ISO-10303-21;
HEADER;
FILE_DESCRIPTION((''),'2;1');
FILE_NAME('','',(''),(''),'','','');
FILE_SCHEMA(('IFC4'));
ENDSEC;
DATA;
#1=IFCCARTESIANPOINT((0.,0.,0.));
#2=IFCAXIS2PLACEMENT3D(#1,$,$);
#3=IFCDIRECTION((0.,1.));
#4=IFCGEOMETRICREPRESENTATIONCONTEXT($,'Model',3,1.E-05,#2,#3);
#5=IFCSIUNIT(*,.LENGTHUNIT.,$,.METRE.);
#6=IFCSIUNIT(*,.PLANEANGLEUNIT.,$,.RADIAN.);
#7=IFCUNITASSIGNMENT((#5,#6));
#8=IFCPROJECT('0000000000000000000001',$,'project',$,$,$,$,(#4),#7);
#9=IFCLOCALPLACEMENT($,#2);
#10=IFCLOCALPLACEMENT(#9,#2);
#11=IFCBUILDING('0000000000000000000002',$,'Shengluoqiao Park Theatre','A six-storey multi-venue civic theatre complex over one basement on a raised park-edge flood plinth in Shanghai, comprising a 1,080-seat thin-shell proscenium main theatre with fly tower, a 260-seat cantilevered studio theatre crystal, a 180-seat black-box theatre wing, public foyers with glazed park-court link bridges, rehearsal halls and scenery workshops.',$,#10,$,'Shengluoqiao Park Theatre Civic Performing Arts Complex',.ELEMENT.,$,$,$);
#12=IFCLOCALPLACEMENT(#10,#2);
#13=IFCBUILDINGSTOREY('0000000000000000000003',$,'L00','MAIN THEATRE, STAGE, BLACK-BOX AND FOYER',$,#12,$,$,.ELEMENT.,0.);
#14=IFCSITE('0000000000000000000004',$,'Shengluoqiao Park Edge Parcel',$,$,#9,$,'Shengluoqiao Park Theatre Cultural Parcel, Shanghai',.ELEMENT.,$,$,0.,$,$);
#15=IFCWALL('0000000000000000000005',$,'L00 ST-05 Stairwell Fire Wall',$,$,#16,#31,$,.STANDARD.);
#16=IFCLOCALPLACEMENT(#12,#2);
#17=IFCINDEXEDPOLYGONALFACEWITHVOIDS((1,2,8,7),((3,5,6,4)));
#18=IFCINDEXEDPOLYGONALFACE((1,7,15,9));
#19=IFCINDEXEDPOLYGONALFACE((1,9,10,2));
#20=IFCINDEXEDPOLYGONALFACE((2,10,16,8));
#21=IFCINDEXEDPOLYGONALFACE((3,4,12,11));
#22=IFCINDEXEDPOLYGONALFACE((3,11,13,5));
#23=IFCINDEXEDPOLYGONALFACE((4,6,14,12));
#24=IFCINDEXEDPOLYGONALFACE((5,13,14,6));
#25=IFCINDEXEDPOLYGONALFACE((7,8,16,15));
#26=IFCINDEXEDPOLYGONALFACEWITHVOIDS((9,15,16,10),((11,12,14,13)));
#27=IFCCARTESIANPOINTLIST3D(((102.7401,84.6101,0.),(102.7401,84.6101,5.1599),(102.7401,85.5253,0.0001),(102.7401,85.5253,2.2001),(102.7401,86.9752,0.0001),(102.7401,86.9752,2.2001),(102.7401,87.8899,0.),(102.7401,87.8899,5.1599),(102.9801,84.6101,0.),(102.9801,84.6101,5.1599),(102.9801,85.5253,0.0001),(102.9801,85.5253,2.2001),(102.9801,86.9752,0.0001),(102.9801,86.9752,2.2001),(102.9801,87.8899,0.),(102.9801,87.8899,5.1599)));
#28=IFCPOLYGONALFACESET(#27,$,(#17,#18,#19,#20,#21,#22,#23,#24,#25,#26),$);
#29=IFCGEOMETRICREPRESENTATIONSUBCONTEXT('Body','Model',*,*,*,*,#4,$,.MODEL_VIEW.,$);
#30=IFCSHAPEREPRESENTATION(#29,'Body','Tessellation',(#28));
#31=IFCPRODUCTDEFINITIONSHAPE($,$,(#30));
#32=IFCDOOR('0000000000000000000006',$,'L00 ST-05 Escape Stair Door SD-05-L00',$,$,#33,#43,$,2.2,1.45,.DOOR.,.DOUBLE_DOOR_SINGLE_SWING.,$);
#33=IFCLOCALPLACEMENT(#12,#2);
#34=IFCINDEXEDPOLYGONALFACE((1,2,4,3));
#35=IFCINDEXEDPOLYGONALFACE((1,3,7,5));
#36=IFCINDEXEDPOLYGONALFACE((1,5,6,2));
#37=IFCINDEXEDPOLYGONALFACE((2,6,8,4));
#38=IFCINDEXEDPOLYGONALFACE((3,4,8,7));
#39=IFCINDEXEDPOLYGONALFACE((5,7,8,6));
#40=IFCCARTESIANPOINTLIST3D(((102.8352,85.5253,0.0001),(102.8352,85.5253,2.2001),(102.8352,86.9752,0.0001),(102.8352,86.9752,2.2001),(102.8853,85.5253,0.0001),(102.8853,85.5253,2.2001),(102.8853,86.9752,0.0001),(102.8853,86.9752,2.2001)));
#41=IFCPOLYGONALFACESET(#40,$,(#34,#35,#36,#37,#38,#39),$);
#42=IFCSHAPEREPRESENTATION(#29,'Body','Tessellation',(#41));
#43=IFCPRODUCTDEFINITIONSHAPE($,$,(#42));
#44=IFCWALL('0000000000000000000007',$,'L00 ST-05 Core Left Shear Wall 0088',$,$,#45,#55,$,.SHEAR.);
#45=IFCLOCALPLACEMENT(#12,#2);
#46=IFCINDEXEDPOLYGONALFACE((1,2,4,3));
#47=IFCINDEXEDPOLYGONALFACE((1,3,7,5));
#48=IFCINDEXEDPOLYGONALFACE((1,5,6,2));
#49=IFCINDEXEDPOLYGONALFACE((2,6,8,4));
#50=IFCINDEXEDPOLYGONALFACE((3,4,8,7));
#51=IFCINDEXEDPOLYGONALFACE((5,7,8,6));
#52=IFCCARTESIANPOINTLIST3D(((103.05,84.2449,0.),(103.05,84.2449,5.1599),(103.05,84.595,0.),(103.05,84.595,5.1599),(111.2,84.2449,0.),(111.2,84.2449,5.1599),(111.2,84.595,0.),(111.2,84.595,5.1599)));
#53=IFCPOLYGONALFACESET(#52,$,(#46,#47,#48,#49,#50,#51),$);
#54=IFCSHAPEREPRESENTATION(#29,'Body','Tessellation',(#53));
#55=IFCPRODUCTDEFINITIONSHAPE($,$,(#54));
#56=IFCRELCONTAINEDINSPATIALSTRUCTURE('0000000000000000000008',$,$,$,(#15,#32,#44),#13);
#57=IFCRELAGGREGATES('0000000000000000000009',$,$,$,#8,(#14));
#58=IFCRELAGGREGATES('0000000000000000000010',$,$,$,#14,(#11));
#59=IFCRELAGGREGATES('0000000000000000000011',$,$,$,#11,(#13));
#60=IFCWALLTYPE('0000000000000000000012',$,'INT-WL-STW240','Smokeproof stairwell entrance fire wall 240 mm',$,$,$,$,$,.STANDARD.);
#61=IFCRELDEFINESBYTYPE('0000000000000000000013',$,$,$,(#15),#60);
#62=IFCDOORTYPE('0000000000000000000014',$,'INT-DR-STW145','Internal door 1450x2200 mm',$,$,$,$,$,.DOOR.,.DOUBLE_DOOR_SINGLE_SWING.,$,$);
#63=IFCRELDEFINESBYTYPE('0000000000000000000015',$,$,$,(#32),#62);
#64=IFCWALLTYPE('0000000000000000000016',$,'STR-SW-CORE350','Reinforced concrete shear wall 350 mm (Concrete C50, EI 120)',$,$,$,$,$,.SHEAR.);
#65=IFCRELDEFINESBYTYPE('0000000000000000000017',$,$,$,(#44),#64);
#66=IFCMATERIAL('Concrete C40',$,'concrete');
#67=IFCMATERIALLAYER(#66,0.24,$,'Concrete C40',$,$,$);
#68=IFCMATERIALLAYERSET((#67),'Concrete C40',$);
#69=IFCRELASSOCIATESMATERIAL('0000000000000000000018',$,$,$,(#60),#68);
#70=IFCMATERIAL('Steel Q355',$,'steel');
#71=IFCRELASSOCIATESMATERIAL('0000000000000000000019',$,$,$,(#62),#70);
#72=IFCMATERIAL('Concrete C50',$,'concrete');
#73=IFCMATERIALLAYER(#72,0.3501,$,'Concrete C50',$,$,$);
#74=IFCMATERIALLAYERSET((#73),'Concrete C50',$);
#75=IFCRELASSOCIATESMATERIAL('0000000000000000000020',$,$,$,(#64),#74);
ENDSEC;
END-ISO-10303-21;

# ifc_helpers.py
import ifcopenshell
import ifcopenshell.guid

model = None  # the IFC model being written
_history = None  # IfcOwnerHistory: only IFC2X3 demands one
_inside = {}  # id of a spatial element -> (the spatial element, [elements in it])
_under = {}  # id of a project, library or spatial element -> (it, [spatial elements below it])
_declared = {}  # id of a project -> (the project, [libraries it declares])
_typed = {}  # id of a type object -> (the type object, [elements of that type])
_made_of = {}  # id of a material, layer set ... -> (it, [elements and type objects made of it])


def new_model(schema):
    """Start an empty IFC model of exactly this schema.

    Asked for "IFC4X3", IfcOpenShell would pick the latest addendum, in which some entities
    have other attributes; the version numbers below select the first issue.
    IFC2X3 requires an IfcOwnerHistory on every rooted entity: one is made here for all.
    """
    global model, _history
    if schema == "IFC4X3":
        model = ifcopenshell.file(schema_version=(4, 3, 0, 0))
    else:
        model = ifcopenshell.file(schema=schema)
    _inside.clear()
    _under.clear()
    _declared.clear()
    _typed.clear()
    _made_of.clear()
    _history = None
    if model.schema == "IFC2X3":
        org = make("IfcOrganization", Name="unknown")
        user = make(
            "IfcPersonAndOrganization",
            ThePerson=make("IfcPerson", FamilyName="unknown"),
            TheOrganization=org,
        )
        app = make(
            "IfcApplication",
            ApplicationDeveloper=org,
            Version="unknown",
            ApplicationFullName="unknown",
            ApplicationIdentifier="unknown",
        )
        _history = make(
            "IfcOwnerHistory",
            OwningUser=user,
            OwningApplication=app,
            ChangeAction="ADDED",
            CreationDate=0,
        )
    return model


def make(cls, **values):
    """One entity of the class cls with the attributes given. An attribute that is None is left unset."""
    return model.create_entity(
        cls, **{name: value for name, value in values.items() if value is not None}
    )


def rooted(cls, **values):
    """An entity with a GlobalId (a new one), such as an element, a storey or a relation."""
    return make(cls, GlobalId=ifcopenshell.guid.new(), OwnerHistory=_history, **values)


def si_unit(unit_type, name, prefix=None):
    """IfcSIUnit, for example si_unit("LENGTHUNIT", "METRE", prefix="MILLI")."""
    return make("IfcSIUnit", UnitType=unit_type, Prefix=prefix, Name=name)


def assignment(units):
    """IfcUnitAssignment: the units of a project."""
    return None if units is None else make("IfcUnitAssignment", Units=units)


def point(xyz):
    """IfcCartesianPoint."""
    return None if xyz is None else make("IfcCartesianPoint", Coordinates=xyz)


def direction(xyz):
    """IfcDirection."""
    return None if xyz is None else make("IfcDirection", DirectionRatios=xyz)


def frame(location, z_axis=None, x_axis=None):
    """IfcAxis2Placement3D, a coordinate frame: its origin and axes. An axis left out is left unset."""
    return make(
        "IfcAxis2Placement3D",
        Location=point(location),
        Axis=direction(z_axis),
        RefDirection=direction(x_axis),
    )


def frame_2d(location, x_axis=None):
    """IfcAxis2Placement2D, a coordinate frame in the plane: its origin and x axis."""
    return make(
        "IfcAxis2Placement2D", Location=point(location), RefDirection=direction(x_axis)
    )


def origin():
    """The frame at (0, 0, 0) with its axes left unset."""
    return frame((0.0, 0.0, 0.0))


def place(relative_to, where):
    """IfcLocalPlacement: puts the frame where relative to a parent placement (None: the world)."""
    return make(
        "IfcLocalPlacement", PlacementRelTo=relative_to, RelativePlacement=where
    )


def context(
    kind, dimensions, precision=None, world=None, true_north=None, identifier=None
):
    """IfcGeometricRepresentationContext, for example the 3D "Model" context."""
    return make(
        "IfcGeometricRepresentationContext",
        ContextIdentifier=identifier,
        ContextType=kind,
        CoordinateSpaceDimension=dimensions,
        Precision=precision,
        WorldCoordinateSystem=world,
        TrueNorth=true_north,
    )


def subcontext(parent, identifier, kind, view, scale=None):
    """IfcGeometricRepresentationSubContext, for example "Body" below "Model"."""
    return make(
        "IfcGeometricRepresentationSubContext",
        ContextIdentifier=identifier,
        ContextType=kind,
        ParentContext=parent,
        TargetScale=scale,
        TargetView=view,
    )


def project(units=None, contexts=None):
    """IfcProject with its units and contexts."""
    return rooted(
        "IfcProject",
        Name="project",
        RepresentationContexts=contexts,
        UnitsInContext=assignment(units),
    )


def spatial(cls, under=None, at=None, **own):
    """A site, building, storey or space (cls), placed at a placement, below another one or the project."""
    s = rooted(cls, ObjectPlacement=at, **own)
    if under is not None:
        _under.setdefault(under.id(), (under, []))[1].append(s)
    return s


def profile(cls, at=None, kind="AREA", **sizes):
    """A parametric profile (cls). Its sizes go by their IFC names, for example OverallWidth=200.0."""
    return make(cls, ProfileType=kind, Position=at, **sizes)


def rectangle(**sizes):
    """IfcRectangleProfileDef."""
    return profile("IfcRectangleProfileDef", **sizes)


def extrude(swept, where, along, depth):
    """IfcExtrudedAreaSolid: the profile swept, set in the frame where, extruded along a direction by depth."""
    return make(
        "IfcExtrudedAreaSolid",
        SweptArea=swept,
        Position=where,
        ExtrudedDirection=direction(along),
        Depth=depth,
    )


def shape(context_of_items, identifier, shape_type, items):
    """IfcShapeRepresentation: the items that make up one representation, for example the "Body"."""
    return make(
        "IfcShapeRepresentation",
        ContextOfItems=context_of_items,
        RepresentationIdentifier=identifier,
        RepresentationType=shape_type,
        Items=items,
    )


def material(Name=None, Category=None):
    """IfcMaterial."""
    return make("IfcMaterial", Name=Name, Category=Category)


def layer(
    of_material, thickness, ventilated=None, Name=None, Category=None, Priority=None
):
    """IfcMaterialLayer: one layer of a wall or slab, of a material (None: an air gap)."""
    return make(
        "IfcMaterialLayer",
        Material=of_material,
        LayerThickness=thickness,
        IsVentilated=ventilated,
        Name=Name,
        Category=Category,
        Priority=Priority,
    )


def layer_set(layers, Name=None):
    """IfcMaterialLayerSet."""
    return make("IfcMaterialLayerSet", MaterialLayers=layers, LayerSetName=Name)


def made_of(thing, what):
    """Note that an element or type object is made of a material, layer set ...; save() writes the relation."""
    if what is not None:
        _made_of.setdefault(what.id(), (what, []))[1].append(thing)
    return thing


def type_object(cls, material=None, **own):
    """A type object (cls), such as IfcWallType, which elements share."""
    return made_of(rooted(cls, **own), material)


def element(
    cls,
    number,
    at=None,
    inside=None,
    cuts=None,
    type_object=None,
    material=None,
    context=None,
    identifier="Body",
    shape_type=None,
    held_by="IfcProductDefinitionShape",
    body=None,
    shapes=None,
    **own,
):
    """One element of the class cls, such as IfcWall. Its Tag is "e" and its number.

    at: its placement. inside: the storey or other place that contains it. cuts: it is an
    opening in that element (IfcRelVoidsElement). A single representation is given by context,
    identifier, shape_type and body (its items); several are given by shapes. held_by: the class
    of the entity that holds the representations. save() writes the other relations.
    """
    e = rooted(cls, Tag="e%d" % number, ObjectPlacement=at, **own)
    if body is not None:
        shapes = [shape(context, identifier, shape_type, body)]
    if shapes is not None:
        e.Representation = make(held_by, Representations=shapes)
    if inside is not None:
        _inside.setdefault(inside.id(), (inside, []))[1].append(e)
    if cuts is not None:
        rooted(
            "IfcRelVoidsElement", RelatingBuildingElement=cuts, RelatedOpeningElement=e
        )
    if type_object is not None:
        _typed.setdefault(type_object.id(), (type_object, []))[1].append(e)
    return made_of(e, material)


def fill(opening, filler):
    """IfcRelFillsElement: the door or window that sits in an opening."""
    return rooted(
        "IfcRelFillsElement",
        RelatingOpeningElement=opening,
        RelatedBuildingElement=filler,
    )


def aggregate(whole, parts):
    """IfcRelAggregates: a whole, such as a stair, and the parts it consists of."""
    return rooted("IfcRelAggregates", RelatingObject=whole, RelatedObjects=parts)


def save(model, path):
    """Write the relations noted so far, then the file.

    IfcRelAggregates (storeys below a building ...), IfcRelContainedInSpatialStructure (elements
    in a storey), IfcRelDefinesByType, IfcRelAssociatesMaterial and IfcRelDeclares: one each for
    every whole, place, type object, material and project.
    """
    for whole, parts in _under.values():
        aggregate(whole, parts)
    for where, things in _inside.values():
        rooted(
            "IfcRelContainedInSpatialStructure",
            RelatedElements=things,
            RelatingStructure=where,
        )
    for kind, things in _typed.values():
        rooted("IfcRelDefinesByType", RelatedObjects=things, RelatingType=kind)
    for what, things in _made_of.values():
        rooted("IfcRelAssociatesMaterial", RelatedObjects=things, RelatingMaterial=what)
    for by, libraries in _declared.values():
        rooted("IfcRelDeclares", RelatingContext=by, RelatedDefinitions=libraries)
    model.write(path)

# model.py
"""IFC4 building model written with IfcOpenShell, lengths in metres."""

from ifc_helpers import new_model, si_unit, direction, frame, frame_2d, origin, place, context, subcontext, project, spatial, rectangle, extrude, material, layer, layer_set, type_object, element, fill, save


model = new_model("IFC4")

# Units and contexts
model_context = context("Model", 3, precision=1e-05, world=origin(), true_north=direction((0.0, 1.0)))
body_context = subcontext(model_context, "Body", "Model", "MODEL_VIEW")
ifc_project = project(units=[si_unit("LENGTHUNIT", "METRE"), si_unit("PLANEANGLEUNIT", "RADIAN")], contexts=[model_context])

# Site, building, storey
site_placement = place(None, origin())
site = spatial("IfcSite", under=ifc_project, at=site_placement, Name="Shengluoqiao Park Edge Parcel", LongName="Shengluoqiao Park Theatre Cultural Parcel, Shanghai", CompositionType="ELEMENT", RefElevation=0.0)
building_placement = place(site_placement, origin())
building = spatial("IfcBuilding", under=site, at=building_placement, Name="Shengluoqiao Park Theatre", Description="A six-storey multi-venue civic theatre complex over one basement on a raised park-edge flood plinth in Shanghai, comprising a 1,080-seat thin-shell proscenium main theatre with fly tower, a 260-seat cantilevered studio theatre crystal, a 180-seat black-box theatre wing, public foyers with glazed park-court link bridges, rehearsal halls and scenery workshops.", LongName="Shengluoqiao Park Theatre Civic Performing Arts Complex", CompositionType="ELEMENT")
storey_placement = place(building_placement, origin())
storey = spatial("IfcBuildingStorey", under=building, at=storey_placement, Name="L00", Description="MAIN THEATRE, STAGE, BLACK-BOX AND FOYER", CompositionType="ELEMENT", Elevation=0.0)

# Shared definitions
ifc_material_1 = material(Name="Concrete C50", Category="concrete")

# Shared definitions
ifc_material_2 = material(Name="Steel Q355", Category="steel")

# Shared definitions
ifc_material_3 = material(Name="Concrete C40", Category="concrete")

# Wall, opening, door
ifc_layer_1 = layer(ifc_material_3, 0.24, Name="Concrete C40")
ifc_layer_set_1 = layer_set([ifc_layer_1], Name="Concrete C40")
wall_type_1 = type_object("IfcWallType", Name="INT-WL-STW240", Description="Smokeproof stairwell entrance fire wall 240 mm", PredefinedType="STANDARD", material=ifc_layer_set_1)
wall_1_placement = place(storey_placement, frame((102.8601, 84.6101, 0.0), z_axis=(0.0, 0.0, 1.0), x_axis=(0.0, 1.0, 0.0)))
wall_1 = element("IfcWall", 1, at=wall_1_placement, inside=storey, type_object=wall_type_1, Name="L00 ST-05 Stairwell Fire Wall", PredefinedType="STANDARD", context=body_context, shape_type="SweptSolid", body=[
    extrude(rectangle(XDim=3.2798, YDim=0.24, at=frame_2d((1.6399, 0.0))), origin(), (0.0, 0.0, 1.0), 5.1599),
])
opening_1_placement = place(wall_1_placement, frame((0.915, 0.0, 0.0)))
opening_1 = element("IfcOpeningElement", 2, at=opening_1_placement, cuts=wall_1, PredefinedType="OPENING", context=body_context, shape_type="SweptSolid", body=[
    extrude(rectangle(XDim=1.45, YDim=2.2, at=frame_2d((0.7251, 1.1001))), frame((0.0, 0.1299, 0.0), z_axis=(0.0, -1.0, 0.0), x_axis=(1.0, 0.0, 0.0)), (0.0, 0.0, 1.0), 0.26),
])
door_type_1 = type_object("IfcDoorType", Name="INT-DR-STW145", Description="Internal door 1450x2200 mm", OperationType="DOUBLE_DOOR_SINGLE_SWING", PredefinedType="DOOR", material=ifc_material_2)
door_1_placement = place(opening_1_placement, origin())
door_1 = element("IfcDoor", 3, at=door_1_placement, inside=storey, type_object=door_type_1, Name="L00 ST-05 Escape Stair Door SD-05-L00", OperationType="DOUBLE_DOOR_SINGLE_SWING", OverallHeight=2.2, OverallWidth=1.45, PredefinedType="DOOR", context=body_context, shape_type="SweptSolid", body=[
    extrude(rectangle(XDim=1.45, YDim=2.2, at=frame_2d((0.7251, 1.1001))), frame((0.0, 0.0249, 0.0), z_axis=(0.0, -1.0, 0.0), x_axis=(1.0, 0.0, 0.0)), (0.0, 0.0, 1.0), 0.05),
])
fill(opening_1, door_1)

# Wall
ifc_layer_2 = layer(ifc_material_1, 0.3501, Name="Concrete C50")
ifc_layer_set_2 = layer_set([ifc_layer_2], Name="Concrete C50")
wall_type_2 = type_object("IfcWallType", Name="STR-SW-CORE350", Description="Reinforced concrete shear wall 350 mm (Concrete C50, EI 120)", PredefinedType="SHEAR", material=ifc_layer_set_2)
wall_2_placement = place(storey_placement, frame((103.05, 84.4199, 0.0), z_axis=(0.0, 0.0, 1.0), x_axis=(1.0, 0.0, 0.0)))
element("IfcWall", 4, at=wall_2_placement, inside=storey, type_object=wall_type_2, Name="L00 ST-05 Core Left Shear Wall 0088", PredefinedType="SHEAR", context=body_context, shape_type="SweptSolid", body=[
    extrude(rectangle(XDim=8.1499, YDim=0.3501, at=frame_2d((4.075, 0.0))), origin(), (0.0, 0.0, 1.0), 5.1599),
])

save(model, "model.ifc")
